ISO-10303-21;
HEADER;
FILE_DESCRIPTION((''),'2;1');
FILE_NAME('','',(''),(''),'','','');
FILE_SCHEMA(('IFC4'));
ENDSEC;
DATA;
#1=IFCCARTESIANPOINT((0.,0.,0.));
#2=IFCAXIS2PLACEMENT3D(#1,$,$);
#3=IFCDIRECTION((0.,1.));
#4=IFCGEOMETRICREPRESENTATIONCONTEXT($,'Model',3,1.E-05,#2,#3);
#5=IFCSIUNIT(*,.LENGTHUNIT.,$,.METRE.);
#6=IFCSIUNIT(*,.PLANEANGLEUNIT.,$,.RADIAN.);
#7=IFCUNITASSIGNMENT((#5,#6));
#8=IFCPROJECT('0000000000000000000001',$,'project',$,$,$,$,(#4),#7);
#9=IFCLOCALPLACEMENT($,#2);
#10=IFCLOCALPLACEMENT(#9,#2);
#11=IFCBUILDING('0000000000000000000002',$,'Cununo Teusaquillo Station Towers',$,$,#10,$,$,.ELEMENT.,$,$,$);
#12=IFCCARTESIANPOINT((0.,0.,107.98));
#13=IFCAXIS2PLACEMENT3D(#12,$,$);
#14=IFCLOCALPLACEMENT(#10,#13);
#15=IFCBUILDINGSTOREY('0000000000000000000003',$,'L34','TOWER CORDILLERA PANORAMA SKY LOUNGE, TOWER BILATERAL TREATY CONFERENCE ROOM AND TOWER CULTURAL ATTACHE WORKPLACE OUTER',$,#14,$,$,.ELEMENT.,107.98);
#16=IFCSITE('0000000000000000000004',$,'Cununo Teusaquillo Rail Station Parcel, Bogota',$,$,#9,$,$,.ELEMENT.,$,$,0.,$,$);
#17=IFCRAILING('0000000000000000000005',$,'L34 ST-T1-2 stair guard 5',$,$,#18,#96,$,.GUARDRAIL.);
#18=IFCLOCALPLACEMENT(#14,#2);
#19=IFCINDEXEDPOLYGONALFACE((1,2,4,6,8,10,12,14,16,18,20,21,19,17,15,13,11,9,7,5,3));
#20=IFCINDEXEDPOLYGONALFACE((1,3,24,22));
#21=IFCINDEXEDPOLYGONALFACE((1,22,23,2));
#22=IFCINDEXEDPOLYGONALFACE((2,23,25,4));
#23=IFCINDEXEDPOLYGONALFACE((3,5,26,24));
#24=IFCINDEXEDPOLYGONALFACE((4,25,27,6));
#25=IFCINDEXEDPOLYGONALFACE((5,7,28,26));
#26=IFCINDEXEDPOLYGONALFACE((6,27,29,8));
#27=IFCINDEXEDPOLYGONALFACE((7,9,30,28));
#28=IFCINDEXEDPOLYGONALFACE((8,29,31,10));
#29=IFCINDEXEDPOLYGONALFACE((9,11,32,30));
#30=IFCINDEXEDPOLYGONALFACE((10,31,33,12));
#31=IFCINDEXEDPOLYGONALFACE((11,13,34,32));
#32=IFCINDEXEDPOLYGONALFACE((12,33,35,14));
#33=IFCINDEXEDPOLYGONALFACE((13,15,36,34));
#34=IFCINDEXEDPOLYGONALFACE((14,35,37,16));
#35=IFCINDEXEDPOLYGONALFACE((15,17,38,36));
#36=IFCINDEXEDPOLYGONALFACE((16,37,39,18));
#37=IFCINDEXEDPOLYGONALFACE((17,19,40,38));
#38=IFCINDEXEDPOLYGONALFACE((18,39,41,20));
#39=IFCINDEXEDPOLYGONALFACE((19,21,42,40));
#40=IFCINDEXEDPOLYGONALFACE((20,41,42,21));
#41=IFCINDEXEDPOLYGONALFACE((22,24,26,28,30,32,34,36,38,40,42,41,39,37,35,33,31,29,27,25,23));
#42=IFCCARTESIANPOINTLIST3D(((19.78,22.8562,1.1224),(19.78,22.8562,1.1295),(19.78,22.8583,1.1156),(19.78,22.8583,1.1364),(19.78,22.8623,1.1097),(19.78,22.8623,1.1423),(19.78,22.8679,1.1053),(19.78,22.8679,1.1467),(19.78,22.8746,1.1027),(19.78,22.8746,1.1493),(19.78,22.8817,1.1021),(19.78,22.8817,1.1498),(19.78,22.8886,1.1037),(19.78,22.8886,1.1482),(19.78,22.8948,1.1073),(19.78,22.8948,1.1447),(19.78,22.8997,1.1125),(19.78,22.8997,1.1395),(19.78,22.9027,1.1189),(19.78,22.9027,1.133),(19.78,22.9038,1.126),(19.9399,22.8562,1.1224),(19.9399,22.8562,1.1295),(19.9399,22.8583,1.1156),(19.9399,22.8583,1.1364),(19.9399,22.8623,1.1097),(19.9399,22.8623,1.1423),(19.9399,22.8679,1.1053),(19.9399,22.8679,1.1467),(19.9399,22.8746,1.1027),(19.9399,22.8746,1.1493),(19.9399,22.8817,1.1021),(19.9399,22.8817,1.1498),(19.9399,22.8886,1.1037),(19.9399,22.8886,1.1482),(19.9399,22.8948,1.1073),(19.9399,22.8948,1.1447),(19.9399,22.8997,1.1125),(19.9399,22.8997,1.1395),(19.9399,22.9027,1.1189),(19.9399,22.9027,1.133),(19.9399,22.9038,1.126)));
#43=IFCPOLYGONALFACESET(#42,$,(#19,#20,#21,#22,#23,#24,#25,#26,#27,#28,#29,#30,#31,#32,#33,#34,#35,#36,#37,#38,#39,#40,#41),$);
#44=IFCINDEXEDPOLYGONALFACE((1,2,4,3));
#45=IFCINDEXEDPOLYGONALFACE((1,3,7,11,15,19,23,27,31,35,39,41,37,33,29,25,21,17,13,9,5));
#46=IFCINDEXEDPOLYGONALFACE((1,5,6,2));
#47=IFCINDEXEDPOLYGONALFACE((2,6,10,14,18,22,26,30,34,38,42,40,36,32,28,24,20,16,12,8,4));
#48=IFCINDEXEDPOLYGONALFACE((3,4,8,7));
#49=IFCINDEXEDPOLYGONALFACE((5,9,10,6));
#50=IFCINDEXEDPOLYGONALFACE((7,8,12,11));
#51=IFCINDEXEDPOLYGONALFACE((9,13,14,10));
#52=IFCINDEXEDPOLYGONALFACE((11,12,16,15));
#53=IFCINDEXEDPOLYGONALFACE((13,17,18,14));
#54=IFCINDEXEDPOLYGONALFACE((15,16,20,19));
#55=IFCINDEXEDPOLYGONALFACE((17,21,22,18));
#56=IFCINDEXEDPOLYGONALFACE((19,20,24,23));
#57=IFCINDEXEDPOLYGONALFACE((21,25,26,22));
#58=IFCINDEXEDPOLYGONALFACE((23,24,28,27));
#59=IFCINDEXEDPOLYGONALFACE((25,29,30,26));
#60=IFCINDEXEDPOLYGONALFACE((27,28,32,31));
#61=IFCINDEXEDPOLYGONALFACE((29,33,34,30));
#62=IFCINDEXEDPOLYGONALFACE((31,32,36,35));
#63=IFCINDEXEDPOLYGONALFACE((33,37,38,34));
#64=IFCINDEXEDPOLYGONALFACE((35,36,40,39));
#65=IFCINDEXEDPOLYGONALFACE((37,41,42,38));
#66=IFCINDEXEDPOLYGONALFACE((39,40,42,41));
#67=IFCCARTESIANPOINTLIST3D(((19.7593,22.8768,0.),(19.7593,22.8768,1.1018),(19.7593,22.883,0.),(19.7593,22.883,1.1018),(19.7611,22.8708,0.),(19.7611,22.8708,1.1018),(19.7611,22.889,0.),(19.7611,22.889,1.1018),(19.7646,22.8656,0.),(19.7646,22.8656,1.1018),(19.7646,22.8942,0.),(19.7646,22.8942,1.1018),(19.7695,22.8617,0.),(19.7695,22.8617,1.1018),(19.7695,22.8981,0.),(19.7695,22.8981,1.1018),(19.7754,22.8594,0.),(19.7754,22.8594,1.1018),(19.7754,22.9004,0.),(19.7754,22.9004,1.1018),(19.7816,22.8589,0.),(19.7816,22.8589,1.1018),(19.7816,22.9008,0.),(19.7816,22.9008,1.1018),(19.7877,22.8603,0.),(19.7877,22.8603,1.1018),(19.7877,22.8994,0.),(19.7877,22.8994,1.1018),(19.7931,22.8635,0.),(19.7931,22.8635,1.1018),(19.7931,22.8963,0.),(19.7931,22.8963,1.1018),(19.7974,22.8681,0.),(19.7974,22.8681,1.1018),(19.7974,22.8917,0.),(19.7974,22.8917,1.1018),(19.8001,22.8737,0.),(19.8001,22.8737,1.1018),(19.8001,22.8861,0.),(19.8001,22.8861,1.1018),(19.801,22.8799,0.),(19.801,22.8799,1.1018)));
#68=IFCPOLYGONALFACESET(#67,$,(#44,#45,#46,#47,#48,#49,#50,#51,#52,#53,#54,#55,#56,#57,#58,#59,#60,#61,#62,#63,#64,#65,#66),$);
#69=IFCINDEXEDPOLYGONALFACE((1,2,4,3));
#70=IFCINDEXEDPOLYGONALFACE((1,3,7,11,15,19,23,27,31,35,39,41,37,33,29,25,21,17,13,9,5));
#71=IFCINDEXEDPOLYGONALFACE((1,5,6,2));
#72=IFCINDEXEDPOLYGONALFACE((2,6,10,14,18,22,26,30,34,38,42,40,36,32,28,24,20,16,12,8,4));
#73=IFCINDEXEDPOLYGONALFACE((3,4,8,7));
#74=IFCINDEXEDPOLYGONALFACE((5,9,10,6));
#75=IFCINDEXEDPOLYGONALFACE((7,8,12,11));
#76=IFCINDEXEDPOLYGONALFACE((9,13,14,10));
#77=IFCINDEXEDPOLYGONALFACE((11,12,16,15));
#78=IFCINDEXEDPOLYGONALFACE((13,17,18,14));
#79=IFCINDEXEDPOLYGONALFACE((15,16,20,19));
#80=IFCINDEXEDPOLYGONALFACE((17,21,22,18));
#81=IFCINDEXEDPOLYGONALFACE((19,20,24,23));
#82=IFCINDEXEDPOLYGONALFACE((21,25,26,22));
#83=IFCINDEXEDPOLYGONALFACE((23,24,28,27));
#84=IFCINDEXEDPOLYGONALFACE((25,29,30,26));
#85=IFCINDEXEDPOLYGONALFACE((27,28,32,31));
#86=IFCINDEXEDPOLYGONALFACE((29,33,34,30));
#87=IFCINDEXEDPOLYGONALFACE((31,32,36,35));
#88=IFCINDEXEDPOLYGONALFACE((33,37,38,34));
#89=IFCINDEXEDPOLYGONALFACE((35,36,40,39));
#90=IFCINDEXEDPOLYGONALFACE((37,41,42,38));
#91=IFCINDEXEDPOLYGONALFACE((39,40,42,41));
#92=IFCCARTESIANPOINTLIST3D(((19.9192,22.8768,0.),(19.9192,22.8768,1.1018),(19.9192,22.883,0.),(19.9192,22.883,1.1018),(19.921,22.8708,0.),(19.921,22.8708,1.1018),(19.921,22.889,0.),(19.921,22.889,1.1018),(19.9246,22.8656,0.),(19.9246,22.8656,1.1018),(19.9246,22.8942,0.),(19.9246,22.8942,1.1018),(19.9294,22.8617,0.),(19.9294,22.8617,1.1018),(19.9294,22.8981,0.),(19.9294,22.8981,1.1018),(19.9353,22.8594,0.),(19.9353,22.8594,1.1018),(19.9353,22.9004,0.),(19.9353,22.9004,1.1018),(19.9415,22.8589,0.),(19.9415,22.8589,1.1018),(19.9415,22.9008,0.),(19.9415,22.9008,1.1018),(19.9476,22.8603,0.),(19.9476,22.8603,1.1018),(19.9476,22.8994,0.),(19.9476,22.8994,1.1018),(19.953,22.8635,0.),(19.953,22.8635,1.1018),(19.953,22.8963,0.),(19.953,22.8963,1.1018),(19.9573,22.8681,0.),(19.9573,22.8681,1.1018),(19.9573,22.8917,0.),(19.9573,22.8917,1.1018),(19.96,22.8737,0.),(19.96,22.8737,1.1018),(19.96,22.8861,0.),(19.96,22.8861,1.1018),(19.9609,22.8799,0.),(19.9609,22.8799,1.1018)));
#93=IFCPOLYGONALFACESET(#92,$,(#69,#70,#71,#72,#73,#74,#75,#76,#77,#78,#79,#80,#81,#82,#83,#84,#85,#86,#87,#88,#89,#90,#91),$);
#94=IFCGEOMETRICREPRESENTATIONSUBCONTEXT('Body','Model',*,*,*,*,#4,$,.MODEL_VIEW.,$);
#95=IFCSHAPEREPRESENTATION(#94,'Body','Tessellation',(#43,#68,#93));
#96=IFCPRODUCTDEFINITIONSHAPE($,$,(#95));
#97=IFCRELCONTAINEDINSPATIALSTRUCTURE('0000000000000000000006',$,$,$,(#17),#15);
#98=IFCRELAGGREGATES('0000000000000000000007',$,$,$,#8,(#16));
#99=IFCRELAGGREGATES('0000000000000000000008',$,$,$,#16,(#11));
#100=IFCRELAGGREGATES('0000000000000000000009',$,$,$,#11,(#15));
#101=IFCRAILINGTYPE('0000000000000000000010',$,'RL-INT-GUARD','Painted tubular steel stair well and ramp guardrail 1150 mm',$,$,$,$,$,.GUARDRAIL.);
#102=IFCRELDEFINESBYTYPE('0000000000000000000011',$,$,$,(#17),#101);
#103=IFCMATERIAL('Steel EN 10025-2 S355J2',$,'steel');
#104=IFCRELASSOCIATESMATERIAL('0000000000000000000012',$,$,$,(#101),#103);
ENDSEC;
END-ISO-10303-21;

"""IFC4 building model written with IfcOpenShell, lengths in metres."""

from ifc_helpers import new_model, si_unit, direction, frame, origin, origin_2d, place, context, subcontext, project, spatial, circle, extrude, material, type_object, element, save


model = new_model("IFC4")

# Units and contexts
model_context = context("Model", 3, precision=1e-05, world=origin(), true_north=direction((0.0, 1.0)))
body_context = subcontext(model_context, "Body", "Model", "MODEL_VIEW")
ifc_project = project(units=[si_unit("LENGTHUNIT", "METRE"), si_unit("PLANEANGLEUNIT", "RADIAN")], contexts=[model_context])

# Site, building, storey
site_placement = place(None, origin())
site = spatial("IfcSite", under=ifc_project, at=site_placement, Name="Cununo Teusaquillo Rail Station Parcel, Bogota", CompositionType="ELEMENT", RefElevation=0.0)
building_placement = place(site_placement, origin())
building = spatial("IfcBuilding", under=site, at=building_placement, Name="Cununo Teusaquillo Station Towers", CompositionType="ELEMENT")
storey_placement = place(building_placement, frame((0.0, 0.0, 107.98)))
storey = spatial("IfcBuildingStorey", under=building, at=storey_placement, Name="L34", Description="TOWER CORDILLERA PANORAMA SKY LOUNGE, TOWER BILATERAL TREATY CONFERENCE ROOM AND TOWER CULTURAL ATTACHE WORKPLACE OUTER", CompositionType="ELEMENT", Elevation=107.98)

# Railing
ifc_material_1 = material(Name="Steel EN 10025-2 S355J2", Category="steel")
railing_type_1 = type_object("IfcRailingType", Name="RL-INT-GUARD", Description="Painted tubular steel stair well and ramp guardrail 1150 mm", PredefinedType="GUARDRAIL", material=ifc_material_1)
railing_1_placement = place(storey_placement, frame((19.78, 22.8799, 0.0)))
element("IfcRailing", 1, at=railing_1_placement, inside=storey, type_object=railing_type_1, Name="L34 ST-T1-2 stair guard 5", PredefinedType="GUARDRAIL", context=body_context, shape_type="SweptSolid", body=[
    extrude(circle(Radius=0.0239, at=origin_2d()), frame((0.0, 0.0, 1.126), z_axis=(1.0, 0.0, 0.0), x_axis=(0.0, 1.0, 0.0)), (0.0, 0.0, 1.0), 0.1599),
    extrude(circle(Radius=0.021, at=origin_2d()), origin(), (0.0, 0.0, 1.0), 1.1018),
    extrude(circle(Radius=0.021, at=origin_2d()), frame((0.1599, 0.0, 0.0)), (0.0, 0.0, 1.0), 1.1018),
])

save(model, "model.ifc")
